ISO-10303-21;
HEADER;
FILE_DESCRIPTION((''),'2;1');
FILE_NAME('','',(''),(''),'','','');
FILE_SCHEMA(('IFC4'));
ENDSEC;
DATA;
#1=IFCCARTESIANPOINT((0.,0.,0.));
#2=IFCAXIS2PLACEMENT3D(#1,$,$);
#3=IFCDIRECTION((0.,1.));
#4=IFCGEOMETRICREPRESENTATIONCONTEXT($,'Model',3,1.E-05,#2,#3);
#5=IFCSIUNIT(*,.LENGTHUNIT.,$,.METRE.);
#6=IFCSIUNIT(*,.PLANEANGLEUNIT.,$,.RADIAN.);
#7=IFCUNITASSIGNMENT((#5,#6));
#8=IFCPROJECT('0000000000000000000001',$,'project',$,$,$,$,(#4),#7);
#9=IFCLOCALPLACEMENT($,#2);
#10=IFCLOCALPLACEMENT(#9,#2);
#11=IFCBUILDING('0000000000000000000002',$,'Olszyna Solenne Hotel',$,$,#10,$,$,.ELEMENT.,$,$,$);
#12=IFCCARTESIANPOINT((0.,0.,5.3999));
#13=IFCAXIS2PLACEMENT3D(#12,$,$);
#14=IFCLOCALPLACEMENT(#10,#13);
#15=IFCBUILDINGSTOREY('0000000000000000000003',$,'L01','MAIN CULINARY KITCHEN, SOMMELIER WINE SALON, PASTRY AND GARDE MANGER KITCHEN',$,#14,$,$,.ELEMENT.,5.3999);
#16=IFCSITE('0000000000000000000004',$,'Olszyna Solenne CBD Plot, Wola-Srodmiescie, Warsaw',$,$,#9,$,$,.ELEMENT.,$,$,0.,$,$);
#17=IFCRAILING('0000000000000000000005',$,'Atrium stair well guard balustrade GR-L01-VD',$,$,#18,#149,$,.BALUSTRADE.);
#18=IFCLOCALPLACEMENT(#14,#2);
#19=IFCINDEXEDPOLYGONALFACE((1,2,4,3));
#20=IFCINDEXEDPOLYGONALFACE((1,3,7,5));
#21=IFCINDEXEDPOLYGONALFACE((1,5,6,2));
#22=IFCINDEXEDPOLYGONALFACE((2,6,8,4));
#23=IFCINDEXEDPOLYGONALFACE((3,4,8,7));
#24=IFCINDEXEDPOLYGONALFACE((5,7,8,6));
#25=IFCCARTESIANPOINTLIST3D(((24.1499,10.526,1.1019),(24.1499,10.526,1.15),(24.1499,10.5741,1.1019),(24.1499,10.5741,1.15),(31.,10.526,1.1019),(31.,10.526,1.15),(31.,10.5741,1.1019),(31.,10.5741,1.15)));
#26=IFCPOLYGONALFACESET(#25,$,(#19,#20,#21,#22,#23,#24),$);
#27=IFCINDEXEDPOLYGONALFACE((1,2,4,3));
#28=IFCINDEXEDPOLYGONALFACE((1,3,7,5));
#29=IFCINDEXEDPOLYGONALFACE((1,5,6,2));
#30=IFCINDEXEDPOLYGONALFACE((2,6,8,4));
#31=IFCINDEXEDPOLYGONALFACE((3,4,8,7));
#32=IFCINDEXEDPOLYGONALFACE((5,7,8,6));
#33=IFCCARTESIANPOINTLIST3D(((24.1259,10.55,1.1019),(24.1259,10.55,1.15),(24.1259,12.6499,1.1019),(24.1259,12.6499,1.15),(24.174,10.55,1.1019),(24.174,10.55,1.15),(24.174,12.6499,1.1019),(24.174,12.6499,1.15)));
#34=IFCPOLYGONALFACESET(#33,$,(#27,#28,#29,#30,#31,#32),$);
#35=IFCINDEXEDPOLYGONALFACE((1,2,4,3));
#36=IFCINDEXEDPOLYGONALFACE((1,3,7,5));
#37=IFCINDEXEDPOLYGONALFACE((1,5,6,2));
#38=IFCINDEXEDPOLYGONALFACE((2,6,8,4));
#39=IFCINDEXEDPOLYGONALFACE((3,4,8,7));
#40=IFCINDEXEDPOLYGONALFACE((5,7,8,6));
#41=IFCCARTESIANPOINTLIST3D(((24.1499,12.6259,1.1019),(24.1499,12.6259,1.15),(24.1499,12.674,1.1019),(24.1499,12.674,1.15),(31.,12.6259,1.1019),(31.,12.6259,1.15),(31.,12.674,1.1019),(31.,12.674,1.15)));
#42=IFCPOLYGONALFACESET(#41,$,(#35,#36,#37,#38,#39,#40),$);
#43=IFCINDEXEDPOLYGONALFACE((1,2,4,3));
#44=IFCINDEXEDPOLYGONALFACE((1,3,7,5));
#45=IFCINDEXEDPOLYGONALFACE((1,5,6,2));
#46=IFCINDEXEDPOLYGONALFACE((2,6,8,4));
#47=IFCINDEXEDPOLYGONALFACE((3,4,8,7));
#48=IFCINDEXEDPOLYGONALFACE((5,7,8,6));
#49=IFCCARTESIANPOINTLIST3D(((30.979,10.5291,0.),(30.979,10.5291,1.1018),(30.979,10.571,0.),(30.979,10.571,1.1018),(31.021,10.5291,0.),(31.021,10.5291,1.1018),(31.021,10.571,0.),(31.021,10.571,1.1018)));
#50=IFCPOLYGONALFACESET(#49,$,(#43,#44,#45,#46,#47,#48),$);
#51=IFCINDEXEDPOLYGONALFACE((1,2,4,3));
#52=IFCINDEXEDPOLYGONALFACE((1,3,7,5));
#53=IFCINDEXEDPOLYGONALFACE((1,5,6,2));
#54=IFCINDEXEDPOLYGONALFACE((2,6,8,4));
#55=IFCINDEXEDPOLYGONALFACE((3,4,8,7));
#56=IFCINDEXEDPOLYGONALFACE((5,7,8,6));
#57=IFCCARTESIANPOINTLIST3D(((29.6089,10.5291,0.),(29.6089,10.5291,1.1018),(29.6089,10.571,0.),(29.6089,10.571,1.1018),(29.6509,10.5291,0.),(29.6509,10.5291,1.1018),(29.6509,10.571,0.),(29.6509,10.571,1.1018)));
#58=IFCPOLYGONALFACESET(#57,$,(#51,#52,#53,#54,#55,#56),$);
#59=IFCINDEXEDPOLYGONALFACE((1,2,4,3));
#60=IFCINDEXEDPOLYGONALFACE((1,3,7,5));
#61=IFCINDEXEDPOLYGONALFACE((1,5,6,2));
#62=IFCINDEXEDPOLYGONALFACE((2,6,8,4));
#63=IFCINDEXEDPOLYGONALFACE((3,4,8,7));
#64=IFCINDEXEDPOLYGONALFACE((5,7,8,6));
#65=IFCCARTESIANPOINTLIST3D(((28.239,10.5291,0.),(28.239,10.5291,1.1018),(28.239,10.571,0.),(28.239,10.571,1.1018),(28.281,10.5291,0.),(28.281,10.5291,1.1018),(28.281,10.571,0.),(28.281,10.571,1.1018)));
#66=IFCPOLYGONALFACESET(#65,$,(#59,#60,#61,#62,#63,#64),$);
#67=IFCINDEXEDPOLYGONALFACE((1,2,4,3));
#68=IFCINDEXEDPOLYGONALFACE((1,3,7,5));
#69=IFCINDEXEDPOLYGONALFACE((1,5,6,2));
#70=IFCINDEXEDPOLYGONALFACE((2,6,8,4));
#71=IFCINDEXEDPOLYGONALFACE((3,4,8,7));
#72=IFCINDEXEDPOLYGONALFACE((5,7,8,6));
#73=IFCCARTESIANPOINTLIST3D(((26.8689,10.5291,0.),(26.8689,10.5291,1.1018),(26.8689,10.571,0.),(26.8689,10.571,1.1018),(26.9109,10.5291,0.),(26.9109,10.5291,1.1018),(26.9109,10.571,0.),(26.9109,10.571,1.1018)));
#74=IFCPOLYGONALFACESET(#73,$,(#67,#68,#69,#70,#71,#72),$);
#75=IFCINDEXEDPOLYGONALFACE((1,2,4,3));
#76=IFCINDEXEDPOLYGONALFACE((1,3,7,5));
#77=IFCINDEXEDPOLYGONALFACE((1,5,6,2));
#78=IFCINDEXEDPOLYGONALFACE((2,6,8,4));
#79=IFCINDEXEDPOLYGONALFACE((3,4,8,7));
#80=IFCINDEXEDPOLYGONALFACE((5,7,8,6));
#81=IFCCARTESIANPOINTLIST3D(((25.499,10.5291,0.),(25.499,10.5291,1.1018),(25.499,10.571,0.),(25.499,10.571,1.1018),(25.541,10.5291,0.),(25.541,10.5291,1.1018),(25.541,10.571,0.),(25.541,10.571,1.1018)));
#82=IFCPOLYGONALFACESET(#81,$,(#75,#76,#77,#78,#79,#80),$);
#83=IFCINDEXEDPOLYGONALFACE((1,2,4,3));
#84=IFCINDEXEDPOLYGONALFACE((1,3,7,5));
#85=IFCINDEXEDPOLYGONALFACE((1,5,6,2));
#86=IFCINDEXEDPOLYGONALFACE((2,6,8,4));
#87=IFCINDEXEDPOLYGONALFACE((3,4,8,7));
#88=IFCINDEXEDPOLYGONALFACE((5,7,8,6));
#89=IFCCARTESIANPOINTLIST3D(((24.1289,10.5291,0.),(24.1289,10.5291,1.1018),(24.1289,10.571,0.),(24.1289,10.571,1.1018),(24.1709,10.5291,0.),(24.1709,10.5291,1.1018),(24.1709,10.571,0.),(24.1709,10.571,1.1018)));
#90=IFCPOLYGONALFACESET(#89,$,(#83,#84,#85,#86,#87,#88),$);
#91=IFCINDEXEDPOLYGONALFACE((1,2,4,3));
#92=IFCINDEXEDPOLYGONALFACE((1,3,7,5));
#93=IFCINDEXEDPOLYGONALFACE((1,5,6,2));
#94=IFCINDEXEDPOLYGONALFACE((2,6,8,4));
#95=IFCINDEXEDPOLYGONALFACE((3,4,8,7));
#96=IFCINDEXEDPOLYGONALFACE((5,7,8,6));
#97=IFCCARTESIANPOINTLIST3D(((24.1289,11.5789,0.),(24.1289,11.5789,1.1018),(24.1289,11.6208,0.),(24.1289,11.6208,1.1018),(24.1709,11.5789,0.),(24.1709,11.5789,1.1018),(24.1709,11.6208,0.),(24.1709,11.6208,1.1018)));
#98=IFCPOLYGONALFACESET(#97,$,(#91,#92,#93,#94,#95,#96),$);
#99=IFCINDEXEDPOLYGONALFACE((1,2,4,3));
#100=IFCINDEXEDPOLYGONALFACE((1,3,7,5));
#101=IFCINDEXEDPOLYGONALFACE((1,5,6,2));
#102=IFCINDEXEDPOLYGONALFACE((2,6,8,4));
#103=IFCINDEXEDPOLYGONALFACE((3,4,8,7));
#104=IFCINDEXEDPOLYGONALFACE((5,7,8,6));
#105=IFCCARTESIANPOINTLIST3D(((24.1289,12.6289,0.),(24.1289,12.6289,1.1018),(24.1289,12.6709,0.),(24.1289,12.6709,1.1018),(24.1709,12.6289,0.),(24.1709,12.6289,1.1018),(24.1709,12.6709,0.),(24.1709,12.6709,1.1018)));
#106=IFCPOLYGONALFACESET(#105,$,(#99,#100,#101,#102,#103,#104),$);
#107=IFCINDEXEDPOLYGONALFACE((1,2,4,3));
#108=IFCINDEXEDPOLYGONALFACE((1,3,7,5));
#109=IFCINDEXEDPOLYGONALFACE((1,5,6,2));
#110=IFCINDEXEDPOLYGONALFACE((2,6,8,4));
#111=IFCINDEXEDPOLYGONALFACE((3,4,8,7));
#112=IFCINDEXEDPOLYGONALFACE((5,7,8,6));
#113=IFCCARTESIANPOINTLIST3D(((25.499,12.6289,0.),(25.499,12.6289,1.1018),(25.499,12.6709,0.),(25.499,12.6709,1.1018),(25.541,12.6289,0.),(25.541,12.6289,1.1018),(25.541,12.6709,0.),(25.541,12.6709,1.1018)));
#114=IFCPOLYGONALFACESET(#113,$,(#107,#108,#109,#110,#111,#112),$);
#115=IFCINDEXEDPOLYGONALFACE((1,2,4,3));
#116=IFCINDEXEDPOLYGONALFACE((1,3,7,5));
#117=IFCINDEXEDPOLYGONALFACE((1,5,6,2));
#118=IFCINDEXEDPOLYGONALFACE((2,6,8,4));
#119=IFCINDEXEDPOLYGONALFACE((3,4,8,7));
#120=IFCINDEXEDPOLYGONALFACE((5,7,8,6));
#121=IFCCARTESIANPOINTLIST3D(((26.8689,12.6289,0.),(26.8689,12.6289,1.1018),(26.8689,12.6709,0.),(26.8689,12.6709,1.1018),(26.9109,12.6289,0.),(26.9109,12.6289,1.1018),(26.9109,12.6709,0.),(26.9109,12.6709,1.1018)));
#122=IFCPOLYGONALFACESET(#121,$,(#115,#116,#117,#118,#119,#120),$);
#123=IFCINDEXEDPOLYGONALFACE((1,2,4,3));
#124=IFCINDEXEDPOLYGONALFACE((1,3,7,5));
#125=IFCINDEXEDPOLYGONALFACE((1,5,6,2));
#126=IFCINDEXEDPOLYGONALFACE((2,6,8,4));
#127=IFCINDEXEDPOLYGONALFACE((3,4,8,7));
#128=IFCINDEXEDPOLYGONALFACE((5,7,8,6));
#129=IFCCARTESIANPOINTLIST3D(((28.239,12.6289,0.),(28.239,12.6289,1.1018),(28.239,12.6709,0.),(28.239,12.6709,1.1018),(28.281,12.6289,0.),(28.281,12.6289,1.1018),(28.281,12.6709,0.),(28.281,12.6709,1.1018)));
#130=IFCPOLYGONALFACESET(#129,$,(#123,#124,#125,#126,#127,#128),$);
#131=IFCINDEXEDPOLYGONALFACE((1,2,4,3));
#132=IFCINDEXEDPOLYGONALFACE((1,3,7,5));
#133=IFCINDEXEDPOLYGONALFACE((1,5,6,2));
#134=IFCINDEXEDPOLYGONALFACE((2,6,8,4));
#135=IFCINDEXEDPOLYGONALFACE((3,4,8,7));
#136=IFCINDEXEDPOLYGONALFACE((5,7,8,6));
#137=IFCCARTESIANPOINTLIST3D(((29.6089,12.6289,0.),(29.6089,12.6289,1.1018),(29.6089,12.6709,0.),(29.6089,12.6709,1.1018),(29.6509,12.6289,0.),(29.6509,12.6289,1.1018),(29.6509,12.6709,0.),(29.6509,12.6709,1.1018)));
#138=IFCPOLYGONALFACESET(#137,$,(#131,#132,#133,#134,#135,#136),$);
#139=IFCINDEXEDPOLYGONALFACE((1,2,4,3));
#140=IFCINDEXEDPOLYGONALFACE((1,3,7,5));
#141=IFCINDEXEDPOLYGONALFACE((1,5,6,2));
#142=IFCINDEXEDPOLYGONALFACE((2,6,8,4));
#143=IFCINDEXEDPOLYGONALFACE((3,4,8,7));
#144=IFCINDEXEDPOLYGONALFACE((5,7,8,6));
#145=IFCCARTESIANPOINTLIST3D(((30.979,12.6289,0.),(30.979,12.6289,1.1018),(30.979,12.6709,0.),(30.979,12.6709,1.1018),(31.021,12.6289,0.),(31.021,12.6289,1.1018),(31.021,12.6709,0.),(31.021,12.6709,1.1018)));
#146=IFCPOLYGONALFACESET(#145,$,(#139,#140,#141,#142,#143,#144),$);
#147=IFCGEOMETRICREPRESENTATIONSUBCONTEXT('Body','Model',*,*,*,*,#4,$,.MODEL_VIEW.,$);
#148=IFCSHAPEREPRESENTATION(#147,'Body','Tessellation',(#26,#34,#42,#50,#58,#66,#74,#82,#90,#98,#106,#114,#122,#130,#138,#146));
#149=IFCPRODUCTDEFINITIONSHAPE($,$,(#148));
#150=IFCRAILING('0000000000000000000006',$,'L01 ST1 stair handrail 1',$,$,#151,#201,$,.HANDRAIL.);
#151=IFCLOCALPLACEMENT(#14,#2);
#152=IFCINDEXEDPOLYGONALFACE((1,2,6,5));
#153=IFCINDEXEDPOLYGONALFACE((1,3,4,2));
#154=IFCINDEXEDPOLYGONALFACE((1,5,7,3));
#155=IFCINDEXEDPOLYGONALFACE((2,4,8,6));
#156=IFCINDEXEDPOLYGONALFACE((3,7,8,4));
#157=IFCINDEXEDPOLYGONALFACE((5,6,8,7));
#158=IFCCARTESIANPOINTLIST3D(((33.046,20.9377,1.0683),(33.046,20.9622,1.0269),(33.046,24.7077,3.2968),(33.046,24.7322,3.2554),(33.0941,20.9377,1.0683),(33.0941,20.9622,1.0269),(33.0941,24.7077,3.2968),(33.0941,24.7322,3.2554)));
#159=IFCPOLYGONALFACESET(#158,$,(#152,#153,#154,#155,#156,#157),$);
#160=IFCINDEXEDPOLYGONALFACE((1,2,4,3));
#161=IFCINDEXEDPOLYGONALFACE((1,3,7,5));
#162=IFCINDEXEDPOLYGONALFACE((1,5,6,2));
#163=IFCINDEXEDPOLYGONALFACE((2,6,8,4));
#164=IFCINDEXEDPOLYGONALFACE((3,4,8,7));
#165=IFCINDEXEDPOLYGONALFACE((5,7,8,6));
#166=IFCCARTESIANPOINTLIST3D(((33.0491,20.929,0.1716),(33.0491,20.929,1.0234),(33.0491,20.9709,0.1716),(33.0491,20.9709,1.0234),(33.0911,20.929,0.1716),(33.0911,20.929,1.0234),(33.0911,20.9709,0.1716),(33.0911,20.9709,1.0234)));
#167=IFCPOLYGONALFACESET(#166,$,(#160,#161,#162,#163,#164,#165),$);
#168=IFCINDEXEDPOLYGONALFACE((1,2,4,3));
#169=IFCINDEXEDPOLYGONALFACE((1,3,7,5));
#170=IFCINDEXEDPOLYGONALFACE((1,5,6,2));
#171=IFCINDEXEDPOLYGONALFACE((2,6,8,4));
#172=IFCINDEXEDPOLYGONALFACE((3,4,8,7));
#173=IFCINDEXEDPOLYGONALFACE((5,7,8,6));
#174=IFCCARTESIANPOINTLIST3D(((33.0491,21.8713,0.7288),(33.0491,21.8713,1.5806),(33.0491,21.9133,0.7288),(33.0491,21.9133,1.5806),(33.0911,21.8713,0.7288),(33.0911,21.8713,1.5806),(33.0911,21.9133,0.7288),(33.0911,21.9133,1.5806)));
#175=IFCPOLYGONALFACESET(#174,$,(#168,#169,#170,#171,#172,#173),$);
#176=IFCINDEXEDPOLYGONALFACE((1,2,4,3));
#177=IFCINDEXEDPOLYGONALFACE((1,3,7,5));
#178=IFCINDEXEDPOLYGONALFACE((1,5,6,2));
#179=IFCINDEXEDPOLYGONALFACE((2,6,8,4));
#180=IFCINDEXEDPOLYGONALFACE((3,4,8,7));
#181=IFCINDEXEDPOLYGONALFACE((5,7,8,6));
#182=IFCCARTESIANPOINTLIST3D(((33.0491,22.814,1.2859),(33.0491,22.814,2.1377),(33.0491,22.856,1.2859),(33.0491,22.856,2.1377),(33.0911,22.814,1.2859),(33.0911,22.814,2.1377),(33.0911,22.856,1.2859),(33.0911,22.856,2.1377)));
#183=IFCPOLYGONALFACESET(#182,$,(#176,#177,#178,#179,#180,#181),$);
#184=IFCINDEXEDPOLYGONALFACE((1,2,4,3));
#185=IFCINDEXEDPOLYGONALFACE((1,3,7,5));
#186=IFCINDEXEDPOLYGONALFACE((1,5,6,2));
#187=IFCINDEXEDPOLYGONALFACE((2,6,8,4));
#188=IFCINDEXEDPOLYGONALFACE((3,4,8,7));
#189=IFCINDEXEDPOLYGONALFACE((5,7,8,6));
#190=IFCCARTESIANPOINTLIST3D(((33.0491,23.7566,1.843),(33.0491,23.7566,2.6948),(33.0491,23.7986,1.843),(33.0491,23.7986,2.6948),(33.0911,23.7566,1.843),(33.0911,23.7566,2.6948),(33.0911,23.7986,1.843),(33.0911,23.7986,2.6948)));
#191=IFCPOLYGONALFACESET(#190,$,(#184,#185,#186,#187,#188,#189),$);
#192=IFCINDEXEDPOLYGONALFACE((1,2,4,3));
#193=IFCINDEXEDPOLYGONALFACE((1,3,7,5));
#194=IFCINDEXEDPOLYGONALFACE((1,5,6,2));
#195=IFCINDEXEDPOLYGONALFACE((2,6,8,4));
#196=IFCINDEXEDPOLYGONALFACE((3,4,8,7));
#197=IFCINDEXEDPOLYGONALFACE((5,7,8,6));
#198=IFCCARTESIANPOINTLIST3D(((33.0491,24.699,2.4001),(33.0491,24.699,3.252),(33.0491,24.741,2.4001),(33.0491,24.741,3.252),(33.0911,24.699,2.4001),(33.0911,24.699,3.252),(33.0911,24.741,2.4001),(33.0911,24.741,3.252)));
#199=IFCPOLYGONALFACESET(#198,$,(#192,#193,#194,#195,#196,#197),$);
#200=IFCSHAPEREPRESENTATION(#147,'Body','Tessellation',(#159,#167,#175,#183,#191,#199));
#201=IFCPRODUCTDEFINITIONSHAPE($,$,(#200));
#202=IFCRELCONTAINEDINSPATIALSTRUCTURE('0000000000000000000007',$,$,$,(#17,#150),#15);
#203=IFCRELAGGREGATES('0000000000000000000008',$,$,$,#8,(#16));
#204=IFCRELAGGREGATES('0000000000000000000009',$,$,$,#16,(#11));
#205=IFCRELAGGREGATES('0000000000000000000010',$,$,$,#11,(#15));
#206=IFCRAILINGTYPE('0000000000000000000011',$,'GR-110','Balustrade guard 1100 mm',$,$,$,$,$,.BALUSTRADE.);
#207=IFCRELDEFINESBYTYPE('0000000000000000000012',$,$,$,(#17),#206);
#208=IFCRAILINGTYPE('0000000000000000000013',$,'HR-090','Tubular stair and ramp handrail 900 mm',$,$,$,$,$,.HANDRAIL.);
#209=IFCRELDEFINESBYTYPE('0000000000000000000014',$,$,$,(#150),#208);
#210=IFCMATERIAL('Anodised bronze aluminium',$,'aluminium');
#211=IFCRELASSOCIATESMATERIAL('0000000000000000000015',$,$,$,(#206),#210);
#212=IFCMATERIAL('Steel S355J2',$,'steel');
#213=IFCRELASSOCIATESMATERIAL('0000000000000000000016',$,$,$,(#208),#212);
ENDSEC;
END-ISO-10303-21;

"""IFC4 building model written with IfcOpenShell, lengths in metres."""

from ifc_helpers import new_model, si_unit, direction, frame, origin, origin_2d, place, context, subcontext, project, spatial, rectangle, extrude, material, type_object, element, save


model = new_model("IFC4")

# Units and contexts
model_context = context("Model", 3, precision=1e-05, world=origin(), true_north=direction((0.0, 1.0)))
body_context = subcontext(model_context, "Body", "Model", "MODEL_VIEW")
ifc_project = project(units=[si_unit("LENGTHUNIT", "METRE"), si_unit("PLANEANGLEUNIT", "RADIAN")], contexts=[model_context])

# Site, building, storey
site_placement = place(None, origin())
site = spatial("IfcSite", under=ifc_project, at=site_placement, Name="Olszyna Solenne CBD Plot, Wola-Srodmiescie, Warsaw", CompositionType="ELEMENT", RefElevation=0.0)
building_placement = place(site_placement, origin())
building = spatial("IfcBuilding", under=site, at=building_placement, Name="Olszyna Solenne Hotel", CompositionType="ELEMENT")
storey_placement = place(building_placement, frame((0.0, 0.0, 5.3999)))
storey = spatial("IfcBuildingStorey", under=building, at=storey_placement, Name="L01", Description="MAIN CULINARY KITCHEN, SOMMELIER WINE SALON, PASTRY AND GARDE MANGER KITCHEN", CompositionType="ELEMENT", Elevation=5.3999)

# Shared definitions
ifc_material_1 = material(Name="Steel S355J2", Category="steel")

# Railings
ifc_material_2 = material(Name="Anodised bronze aluminium", Category="aluminium")
railing_type_1 = type_object("IfcRailingType", Name="GR-110", Description="Balustrade guard 1100 mm", PredefinedType="BALUSTRADE", material=ifc_material_2)
railing_1_placement = place(storey_placement, frame((31.0, 10.55, 0.0)))
element("IfcRailing", 1, at=railing_1_placement, inside=storey, type_object=railing_type_1, Name="Atrium stair well guard balustrade GR-L01-VD", PredefinedType="BALUSTRADE", context=body_context, shape_type="SweptSolid", body=[
    extrude(rectangle(XDim=0.0481, YDim=0.0481, at=origin_2d()), frame((0.0, 0.0, 1.126), z_axis=(-1.0, 0.0, 0.0), x_axis=(0.0, -1.0, 0.0)), (0.0, 0.0, 1.0), 6.8501),
    extrude(rectangle(XDim=0.0481, YDim=0.0481, at=origin_2d()), frame((-6.8501, 0.0, 1.126), z_axis=(0.0, 1.0, 0.0), x_axis=(-1.0, 0.0, 0.0)), (0.0, 0.0, 1.0), 2.0999),
    extrude(rectangle(XDim=0.0481, YDim=0.0481, at=origin_2d()), frame((-6.8501, 2.0999, 1.126), z_axis=(1.0, 0.0, 0.0), x_axis=(0.0, 1.0, 0.0)), (0.0, 0.0, 1.0), 6.8501),
    extrude(rectangle(XDim=0.042, YDim=0.042, at=origin_2d()), origin(), (0.0, 0.0, 1.0), 1.1018),
    extrude(rectangle(XDim=0.042, YDim=0.042, at=origin_2d()), frame((-1.3701, 0.0, 0.0)), (0.0, 0.0, 1.0), 1.1018),
    extrude(rectangle(XDim=0.042, YDim=0.042, at=origin_2d()), frame((-2.74, 0.0, 0.0)), (0.0, 0.0, 1.0), 1.1018),
    extrude(rectangle(XDim=0.042, YDim=0.042, at=origin_2d()), frame((-4.1101, 0.0, 0.0)), (0.0, 0.0, 1.0), 1.1018),
    extrude(rectangle(XDim=0.042, YDim=0.042, at=origin_2d()), frame((-5.48, 0.0, 0.0)), (0.0, 0.0, 1.0), 1.1018),
    extrude(rectangle(XDim=0.042, YDim=0.042, at=origin_2d()), frame((-6.8501, 0.0, 0.0)), (0.0, 0.0, 1.0), 1.1018),
    extrude(rectangle(XDim=0.042, YDim=0.042, at=origin_2d()), frame((-6.8501, 1.0498, 0.0)), (0.0, 0.0, 1.0), 1.1018),
    extrude(rectangle(XDim=0.042, YDim=0.042, at=origin_2d()), frame((-6.8501, 2.0999, 0.0)), (0.0, 0.0, 1.0), 1.1018),
    extrude(rectangle(XDim=0.042, YDim=0.042, at=origin_2d()), frame((-5.48, 2.0999, 0.0)), (0.0, 0.0, 1.0), 1.1018),
    extrude(rectangle(XDim=0.042, YDim=0.042, at=origin_2d()), frame((-4.1101, 2.0999, 0.0)), (0.0, 0.0, 1.0), 1.1018),
    extrude(rectangle(XDim=0.042, YDim=0.042, at=origin_2d()), frame((-2.74, 2.0999, 0.0)), (0.0, 0.0, 1.0), 1.1018),
    extrude(rectangle(XDim=0.042, YDim=0.042, at=origin_2d()), frame((-1.3701, 2.0999, 0.0)), (0.0, 0.0, 1.0), 1.1018),
    extrude(rectangle(XDim=0.042, YDim=0.042, at=origin_2d()), frame((0.0, 2.0999, 0.0)), (0.0, 0.0, 1.0), 1.1018),
])
railing_type_2 = type_object("IfcRailingType", Name="HR-090", Description="Tubular stair and ramp handrail 900 mm", PredefinedType="HANDRAIL", material=ifc_material_1)
for number, where, name in (
    (2, (33.0701, 20.95, 0.1716), "L01 ST1 stair handrail 1"),
):
    element("IfcRailing", number, at=place(storey_placement, frame(where)), inside=storey, type_object=railing_type_2, Name=name, PredefinedType="HANDRAIL", context=body_context, shape_type="SweptSolid", body=[
        extrude(rectangle(XDim=0.0481, YDim=0.0481, at=origin_2d()), frame((0.0, 0.0, 0.876), z_axis=(0.0, 0.860849, 0.508861), x_axis=(-1.0, 0.0, 0.0)), (0.0, 0.0, 1.0), 4.3794),
        extrude(rectangle(XDim=0.042, YDim=0.042, at=origin_2d()), origin(), (0.0, 0.0, 1.0), 0.8518),
        extrude(rectangle(XDim=0.042, YDim=0.042, at=origin_2d()), frame((0.0, 0.9424, 0.5571)), (0.0, 0.0, 1.0), 0.8518),
        extrude(rectangle(XDim=0.042, YDim=0.042, at=origin_2d()), frame((0.0, 1.885, 1.1143)), (0.0, 0.0, 1.0), 0.8518),
        extrude(rectangle(XDim=0.042, YDim=0.042, at=origin_2d()), frame((0.0, 2.8276, 1.6714)), (0.0, 0.0, 1.0), 0.8518),
        extrude(rectangle(XDim=0.042, YDim=0.042, at=origin_2d()), frame((0.0, 3.77, 2.2285)), (0.0, 0.0, 1.0), 0.8518),
    ])

save(model, "model.ifc")
